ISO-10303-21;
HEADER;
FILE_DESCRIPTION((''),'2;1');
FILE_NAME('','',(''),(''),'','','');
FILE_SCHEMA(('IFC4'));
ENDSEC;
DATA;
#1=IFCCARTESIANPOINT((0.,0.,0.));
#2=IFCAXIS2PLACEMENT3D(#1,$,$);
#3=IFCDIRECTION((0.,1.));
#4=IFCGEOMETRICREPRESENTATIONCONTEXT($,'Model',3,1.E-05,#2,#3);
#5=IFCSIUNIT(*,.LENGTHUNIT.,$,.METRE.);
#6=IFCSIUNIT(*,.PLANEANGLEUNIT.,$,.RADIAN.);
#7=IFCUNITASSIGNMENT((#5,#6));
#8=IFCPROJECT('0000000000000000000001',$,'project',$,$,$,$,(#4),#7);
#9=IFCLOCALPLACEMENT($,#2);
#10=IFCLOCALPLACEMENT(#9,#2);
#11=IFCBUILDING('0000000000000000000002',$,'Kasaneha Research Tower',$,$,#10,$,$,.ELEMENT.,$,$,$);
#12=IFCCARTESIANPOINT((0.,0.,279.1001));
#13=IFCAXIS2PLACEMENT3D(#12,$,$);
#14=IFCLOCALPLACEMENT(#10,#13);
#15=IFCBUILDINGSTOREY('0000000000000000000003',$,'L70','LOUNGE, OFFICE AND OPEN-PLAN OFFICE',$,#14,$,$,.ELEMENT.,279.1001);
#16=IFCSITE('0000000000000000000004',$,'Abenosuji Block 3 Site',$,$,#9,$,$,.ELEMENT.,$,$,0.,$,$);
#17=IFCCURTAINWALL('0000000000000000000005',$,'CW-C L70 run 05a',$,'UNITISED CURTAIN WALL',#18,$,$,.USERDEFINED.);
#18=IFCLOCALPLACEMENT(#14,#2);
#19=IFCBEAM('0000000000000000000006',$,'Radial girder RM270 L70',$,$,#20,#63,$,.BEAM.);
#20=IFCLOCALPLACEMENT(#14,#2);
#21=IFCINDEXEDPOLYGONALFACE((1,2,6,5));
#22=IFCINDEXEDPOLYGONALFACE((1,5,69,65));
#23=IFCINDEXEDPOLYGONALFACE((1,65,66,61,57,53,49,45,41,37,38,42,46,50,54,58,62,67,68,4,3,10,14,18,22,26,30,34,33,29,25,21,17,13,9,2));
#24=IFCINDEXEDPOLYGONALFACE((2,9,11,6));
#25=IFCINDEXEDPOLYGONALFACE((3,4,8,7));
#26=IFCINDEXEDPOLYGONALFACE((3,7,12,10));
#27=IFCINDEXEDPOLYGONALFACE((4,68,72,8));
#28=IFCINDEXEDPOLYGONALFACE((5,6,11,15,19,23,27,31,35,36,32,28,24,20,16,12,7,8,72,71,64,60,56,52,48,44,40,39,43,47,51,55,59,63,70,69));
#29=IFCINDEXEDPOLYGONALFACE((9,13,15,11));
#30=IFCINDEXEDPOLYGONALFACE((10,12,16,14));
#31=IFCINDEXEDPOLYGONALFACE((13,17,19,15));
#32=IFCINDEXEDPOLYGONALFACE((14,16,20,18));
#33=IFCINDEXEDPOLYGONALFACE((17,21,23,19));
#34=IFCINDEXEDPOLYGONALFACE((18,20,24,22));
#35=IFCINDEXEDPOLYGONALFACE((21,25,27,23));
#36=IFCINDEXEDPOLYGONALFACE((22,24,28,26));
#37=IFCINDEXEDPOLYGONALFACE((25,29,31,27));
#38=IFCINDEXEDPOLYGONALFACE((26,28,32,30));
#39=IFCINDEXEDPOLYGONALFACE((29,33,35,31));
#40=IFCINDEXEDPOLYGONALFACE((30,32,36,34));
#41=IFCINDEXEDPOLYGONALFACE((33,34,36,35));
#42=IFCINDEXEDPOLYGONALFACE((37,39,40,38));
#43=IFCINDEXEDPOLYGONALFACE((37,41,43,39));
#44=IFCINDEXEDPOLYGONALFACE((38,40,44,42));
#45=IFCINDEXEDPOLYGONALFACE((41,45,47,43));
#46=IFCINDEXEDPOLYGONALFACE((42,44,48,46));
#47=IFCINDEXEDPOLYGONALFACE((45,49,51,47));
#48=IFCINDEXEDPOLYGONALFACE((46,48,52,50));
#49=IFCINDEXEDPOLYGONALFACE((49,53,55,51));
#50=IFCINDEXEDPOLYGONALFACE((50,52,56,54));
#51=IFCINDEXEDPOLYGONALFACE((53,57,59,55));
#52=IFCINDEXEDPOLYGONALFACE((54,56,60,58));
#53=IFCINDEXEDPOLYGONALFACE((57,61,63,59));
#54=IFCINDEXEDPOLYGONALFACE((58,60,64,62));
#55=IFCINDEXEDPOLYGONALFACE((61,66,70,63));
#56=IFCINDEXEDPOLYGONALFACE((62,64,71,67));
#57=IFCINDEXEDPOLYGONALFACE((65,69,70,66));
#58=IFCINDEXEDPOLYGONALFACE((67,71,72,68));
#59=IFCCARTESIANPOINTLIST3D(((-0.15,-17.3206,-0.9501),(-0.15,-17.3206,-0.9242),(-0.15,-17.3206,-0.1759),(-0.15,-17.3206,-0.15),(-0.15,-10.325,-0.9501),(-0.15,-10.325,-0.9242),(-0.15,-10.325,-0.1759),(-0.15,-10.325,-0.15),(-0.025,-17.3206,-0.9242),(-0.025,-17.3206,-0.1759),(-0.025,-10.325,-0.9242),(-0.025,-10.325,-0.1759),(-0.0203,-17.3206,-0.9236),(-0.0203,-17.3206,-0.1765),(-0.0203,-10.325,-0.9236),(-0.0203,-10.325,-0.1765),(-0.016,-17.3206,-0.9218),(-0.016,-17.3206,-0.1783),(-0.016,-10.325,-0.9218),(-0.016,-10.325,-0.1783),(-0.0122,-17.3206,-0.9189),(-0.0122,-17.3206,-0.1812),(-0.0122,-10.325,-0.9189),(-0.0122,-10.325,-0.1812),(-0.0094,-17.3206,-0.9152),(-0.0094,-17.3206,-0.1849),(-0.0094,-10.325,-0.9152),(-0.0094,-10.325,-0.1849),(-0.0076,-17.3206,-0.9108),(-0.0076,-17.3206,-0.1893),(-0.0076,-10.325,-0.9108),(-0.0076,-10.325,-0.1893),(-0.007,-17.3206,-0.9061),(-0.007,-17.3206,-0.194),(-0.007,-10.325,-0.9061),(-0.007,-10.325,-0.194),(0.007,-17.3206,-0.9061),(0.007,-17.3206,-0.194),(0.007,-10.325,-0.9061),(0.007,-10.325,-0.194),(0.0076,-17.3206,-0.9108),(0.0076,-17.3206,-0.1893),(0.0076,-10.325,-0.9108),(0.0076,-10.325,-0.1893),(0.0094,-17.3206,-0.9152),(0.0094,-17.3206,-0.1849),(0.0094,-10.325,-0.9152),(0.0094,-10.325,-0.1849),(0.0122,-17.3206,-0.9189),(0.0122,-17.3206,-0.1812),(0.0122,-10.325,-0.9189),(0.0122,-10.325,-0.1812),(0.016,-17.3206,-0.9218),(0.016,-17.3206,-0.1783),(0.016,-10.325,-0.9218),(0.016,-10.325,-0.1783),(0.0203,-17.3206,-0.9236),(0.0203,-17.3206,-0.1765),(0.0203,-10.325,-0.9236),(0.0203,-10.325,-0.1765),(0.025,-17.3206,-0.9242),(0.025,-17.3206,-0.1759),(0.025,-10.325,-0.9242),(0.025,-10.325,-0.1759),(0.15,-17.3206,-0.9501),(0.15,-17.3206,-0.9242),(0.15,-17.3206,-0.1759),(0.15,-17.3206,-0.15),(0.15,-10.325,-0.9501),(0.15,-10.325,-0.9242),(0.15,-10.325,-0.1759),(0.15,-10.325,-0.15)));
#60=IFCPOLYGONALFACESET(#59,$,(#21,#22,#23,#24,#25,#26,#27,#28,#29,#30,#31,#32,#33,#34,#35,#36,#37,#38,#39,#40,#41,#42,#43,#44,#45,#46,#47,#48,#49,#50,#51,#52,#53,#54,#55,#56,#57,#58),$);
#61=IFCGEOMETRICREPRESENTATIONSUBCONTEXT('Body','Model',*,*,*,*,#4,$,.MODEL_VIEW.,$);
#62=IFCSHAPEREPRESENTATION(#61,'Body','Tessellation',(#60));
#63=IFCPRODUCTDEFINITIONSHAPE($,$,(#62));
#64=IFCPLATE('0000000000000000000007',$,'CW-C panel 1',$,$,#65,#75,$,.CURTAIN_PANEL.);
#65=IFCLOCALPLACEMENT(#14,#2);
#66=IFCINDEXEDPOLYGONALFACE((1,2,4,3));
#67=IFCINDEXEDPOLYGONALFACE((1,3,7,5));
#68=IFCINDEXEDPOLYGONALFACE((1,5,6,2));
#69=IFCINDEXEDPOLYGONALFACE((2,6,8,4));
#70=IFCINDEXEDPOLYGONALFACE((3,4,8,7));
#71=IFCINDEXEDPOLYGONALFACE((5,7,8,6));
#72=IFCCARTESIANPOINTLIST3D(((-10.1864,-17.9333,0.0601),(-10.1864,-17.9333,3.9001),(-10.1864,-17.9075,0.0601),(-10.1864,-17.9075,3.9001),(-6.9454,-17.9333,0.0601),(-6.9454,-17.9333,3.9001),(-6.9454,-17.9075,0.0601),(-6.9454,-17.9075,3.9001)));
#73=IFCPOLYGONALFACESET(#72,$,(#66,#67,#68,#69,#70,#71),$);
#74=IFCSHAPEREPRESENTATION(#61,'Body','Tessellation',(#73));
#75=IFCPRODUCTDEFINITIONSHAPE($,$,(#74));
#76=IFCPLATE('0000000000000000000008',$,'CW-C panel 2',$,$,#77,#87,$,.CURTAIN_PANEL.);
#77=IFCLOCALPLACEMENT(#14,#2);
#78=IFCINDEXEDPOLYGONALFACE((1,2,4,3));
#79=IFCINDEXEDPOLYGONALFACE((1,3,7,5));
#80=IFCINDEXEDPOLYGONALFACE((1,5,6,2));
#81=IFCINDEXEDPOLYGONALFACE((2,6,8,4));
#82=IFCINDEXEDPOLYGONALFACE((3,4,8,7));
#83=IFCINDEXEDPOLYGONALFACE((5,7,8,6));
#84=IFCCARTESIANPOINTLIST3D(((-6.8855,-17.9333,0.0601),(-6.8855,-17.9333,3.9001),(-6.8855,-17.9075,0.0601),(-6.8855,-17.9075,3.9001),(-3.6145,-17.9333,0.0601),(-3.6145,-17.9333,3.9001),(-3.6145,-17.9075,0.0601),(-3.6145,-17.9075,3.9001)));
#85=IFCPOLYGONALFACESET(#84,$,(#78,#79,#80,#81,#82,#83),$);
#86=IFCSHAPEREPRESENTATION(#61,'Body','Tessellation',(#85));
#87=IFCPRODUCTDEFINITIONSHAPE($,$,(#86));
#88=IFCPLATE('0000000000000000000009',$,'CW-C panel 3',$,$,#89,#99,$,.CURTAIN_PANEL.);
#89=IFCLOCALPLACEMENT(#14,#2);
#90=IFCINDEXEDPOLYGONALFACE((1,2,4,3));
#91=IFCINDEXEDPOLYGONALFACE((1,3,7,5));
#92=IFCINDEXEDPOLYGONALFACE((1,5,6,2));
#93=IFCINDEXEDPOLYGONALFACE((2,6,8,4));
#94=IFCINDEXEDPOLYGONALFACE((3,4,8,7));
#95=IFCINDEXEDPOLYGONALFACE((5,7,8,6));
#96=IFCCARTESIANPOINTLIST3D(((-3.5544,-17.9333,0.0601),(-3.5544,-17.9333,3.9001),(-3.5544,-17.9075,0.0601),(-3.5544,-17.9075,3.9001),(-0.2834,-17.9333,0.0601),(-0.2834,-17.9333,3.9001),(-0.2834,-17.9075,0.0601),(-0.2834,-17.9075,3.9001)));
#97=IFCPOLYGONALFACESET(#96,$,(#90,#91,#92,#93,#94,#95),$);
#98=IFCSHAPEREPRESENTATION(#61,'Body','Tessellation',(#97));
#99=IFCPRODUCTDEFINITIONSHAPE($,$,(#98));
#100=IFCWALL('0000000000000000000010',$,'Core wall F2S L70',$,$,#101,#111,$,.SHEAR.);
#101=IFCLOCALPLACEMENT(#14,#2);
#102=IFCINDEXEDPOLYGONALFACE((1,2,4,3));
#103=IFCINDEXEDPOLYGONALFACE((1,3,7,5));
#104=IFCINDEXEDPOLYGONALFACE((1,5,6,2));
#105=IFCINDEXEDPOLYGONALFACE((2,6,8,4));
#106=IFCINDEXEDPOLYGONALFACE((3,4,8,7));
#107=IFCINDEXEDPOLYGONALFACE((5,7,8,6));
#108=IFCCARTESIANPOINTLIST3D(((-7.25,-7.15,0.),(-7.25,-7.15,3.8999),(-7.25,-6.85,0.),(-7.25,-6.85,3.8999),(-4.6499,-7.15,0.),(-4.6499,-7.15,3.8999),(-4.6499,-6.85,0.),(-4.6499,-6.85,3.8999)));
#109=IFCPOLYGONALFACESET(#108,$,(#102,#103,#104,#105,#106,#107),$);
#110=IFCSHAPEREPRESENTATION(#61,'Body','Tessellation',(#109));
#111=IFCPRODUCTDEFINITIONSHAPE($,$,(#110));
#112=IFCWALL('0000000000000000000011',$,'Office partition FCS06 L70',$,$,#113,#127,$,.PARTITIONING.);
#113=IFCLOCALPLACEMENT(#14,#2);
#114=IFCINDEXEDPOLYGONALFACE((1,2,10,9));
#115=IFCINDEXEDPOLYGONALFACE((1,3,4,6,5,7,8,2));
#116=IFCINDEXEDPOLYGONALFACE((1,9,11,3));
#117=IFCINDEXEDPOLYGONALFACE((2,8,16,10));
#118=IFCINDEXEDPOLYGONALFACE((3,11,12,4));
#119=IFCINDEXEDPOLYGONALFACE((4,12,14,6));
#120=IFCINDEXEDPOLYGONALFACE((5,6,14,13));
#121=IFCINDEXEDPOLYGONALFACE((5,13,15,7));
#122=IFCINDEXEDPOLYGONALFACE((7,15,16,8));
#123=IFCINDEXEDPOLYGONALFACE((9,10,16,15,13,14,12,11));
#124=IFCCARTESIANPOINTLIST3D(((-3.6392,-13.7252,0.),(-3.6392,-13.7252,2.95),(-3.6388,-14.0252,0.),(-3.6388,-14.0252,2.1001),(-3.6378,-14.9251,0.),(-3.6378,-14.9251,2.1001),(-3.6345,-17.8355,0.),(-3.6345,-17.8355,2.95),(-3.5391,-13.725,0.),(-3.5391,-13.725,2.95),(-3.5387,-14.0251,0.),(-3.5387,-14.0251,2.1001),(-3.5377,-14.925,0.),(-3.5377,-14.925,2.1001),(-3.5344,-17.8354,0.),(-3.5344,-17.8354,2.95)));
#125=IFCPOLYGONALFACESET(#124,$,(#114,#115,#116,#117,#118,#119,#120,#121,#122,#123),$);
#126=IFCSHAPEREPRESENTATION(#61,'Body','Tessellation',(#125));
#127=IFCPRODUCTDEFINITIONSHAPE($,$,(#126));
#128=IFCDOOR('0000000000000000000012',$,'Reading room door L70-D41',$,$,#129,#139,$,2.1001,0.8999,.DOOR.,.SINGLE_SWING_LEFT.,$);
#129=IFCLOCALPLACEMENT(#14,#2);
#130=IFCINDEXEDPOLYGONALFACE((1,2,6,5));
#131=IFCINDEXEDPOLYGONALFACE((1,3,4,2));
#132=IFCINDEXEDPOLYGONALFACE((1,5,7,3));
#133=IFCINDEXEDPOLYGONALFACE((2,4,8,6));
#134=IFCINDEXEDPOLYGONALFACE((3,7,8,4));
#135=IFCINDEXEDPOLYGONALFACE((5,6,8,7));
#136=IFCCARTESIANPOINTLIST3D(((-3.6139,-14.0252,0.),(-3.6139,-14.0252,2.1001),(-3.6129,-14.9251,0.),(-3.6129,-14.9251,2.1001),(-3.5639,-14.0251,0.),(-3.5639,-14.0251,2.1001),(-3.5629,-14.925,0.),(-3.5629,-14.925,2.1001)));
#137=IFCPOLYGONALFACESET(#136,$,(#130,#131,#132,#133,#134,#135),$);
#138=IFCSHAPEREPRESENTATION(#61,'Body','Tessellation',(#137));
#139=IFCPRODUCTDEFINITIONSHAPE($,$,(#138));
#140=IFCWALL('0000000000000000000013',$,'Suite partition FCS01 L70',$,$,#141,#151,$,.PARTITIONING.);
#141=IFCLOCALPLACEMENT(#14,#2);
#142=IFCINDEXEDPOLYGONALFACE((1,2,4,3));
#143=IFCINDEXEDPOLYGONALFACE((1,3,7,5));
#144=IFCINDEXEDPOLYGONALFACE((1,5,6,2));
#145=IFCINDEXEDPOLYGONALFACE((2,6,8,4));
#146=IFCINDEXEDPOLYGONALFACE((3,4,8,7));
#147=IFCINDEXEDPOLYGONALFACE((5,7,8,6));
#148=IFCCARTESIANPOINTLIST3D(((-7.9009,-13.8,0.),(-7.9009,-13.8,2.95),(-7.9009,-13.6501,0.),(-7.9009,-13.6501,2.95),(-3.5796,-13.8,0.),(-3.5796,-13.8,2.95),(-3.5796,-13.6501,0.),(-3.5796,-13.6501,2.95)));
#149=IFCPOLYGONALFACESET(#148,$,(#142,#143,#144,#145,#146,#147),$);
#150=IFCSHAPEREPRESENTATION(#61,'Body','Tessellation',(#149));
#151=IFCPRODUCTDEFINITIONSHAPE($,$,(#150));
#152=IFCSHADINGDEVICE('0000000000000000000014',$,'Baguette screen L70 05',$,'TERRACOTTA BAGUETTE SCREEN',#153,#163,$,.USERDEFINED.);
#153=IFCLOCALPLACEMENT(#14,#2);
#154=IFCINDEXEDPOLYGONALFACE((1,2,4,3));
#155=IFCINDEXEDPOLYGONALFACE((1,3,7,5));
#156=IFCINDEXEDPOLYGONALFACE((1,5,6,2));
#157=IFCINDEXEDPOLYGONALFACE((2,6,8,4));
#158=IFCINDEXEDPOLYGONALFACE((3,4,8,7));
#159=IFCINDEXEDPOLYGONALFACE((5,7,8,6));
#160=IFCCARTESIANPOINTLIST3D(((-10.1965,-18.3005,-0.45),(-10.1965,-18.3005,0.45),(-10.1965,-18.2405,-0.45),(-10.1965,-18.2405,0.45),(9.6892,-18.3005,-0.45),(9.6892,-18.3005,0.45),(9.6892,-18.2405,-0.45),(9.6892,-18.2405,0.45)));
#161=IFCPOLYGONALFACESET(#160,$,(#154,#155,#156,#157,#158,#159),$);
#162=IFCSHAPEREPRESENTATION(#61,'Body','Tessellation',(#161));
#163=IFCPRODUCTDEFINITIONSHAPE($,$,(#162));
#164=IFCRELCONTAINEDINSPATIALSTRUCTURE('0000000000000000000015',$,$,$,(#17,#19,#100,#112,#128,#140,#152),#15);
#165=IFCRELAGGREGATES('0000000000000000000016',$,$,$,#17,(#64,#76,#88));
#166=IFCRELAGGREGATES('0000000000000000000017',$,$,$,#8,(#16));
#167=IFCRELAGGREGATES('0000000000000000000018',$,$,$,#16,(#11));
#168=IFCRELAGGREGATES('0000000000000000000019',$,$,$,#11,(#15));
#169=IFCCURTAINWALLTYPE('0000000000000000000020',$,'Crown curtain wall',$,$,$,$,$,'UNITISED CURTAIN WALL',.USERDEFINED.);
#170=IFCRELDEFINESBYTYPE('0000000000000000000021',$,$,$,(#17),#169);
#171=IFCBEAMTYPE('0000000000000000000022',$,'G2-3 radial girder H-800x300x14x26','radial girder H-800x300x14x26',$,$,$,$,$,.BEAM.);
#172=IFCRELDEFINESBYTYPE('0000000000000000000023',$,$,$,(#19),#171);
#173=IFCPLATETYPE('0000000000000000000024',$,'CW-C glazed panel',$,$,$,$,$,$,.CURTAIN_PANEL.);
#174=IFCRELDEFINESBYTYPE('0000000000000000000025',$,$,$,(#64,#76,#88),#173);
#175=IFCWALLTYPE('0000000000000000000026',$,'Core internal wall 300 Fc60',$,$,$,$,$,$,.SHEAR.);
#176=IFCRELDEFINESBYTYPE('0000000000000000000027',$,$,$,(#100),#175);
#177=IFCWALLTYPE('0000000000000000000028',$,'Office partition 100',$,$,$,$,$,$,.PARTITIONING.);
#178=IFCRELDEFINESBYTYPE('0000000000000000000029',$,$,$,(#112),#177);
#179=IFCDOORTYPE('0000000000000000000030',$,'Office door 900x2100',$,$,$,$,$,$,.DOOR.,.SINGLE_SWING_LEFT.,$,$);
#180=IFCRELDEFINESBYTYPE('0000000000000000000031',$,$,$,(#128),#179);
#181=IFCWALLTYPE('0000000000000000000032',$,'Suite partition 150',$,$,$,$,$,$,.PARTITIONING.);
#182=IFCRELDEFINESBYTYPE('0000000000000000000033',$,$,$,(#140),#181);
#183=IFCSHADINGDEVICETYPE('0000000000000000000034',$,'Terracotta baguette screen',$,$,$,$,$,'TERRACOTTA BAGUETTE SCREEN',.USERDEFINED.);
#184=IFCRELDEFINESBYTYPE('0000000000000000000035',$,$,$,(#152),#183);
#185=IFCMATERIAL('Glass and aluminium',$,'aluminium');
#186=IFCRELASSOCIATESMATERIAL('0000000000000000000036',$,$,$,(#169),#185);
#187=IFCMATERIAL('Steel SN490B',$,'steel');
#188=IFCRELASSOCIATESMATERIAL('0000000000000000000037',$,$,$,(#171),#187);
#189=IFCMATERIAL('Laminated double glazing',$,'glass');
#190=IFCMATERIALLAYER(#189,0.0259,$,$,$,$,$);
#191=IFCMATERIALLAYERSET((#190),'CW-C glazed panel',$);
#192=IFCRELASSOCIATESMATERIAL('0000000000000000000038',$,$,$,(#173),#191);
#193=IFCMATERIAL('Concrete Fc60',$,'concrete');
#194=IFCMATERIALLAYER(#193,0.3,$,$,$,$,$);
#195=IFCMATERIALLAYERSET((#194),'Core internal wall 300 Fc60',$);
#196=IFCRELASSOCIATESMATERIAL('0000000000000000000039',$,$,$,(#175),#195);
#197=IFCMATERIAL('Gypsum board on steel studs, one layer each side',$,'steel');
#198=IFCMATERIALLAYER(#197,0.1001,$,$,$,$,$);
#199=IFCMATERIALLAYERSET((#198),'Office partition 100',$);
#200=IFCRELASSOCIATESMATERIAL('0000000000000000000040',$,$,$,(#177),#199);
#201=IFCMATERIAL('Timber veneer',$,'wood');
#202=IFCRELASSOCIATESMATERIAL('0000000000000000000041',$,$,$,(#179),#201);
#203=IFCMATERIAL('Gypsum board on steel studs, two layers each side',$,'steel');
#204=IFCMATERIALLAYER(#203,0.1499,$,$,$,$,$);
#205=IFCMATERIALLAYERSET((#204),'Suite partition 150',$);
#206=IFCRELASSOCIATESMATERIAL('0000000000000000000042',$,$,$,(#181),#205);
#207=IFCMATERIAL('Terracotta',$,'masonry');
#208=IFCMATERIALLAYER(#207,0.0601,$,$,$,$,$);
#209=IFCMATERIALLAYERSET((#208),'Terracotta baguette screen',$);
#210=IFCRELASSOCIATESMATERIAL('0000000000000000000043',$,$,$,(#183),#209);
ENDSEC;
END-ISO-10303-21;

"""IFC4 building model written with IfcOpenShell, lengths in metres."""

from ifc_helpers import new_model, si_unit, direction, frame, frame_2d, origin, origin_2d, place, context, subcontext, project, spatial, rectangle, i_section, extrude, material, layer, layer_set, material_profile, profile_set, type_object, element, fill, aggregate, save


model = new_model("IFC4")

# Units and contexts
model_context = context("Model", 3, precision=1e-05, world=origin(), true_north=direction((0.0, 1.0)))
body_context = subcontext(model_context, "Body", "Model", "MODEL_VIEW")
ifc_project = project(units=[si_unit("LENGTHUNIT", "METRE"), si_unit("PLANEANGLEUNIT", "RADIAN")], contexts=[model_context])

# Site, building, storey
site_placement = place(None, origin())
site = spatial("IfcSite", under=ifc_project, at=site_placement, Name="Abenosuji Block 3 Site", CompositionType="ELEMENT", RefElevation=0.0)
building_placement = place(site_placement, origin())
building = spatial("IfcBuilding", under=site, at=building_placement, Name="Kasaneha Research Tower", CompositionType="ELEMENT")
storey_placement = place(building_placement, frame((0.0, 0.0, 279.1001)))
storey = spatial("IfcBuildingStorey", under=building, at=storey_placement, Name="L70", Description="LOUNGE, OFFICE AND OPEN-PLAN OFFICE", CompositionType="ELEMENT", Elevation=279.1001)

# Curtain wall
ifc_material_1 = material(Name="Glass and aluminium", Category="aluminium")
curtain_wall_type = type_object("IfcCurtainWallType", Name="Crown curtain wall", ElementType="UNITISED CURTAIN WALL", PredefinedType="USERDEFINED", material=ifc_material_1)
curtain_wall_placement = place(storey_placement, origin())
curtain_wall = element("IfcCurtainWall", 1, at=curtain_wall_placement, inside=storey, type_object=curtain_wall_type, Name="CW-C L70 run 05a", ObjectType="UNITISED CURTAIN WALL", PredefinedType="USERDEFINED")

# Beam
ifc_material_2 = material(Name="Steel SN490B", Category="steel")
ifc_material_profile_1 = material_profile(ifc_material_2, i_section(OverallWidth=0.3, OverallDepth=0.8, WebThickness=0.0139, FlangeThickness=0.0259, FilletRadius=0.0181, at=origin_2d()), Name="H-800x300x14x26")
ifc_profile_set_1 = profile_set([ifc_material_profile_1], Name="Steel SN490B")
beam_type_1 = type_object("IfcBeamType", Name="G2-3 radial girder H-800x300x14x26", Description="radial girder H-800x300x14x26", PredefinedType="BEAM", material=ifc_profile_set_1)
beam_1_placement = place(storey_placement, frame((0.0, -10.325, -0.55), z_axis=(0.0, -1.0, 0.0), x_axis=(1.0, 0.0, 0.0)))
element("IfcBeam", 2, at=beam_1_placement, inside=storey, type_object=beam_type_1, Name="Radial girder RM270 L70", PredefinedType="BEAM", context=body_context, shape_type="SweptSolid", body=[
    extrude(i_section(OverallWidth=0.3, OverallDepth=0.8, WebThickness=0.0139, FlangeThickness=0.0259, FilletRadius=0.0181, at=origin_2d()), origin(), (0.0, 0.0, 1.0), 6.9956),
])

# Plates
ifc_material_3 = material(Name="Laminated double glazing", Category="glass")
ifc_layer_1 = layer(ifc_material_3, 0.0259)
ifc_layer_set_1 = layer_set([ifc_layer_1], Name="CW-C glazed panel")
plate_type = type_object("IfcPlateType", Name="CW-C glazed panel", PredefinedType="CURTAIN_PANEL", material=ifc_layer_set_1)
plate_1_placement = place(storey_placement, frame((-8.5659, -17.9204, 0.0601), z_axis=(0.0, 0.0, 1.0), x_axis=(1.0, 0.0, 0.0)))
plate_1 = element("IfcPlate", 3, at=plate_1_placement, type_object=plate_type, Name="CW-C panel 1", PredefinedType="CURTAIN_PANEL", context=body_context, shape_type="SweptSolid", body=[
    extrude(rectangle(XDim=3.241, YDim=0.0259, at=origin_2d()), origin(), (0.0, 0.0, 1.0), 3.8401),
])
plate_2_placement = place(storey_placement, frame((-5.25, -17.9204, 0.0601), z_axis=(0.0, 0.0, 1.0), x_axis=(1.0, 0.0, 0.0)))
plate_2 = element("IfcPlate", 4, at=plate_2_placement, type_object=plate_type, Name="CW-C panel 2", PredefinedType="CURTAIN_PANEL", context=body_context, shape_type="SweptSolid", body=[
    extrude(rectangle(XDim=3.271, YDim=0.0259, at=origin_2d()), origin(), (0.0, 0.0, 1.0), 3.8401),
])
plate_3_placement = place(storey_placement, frame((-1.9189, -17.9204, 0.0601), z_axis=(0.0, 0.0, 1.0), x_axis=(1.0, 0.0, 0.0)))
plate_3 = element("IfcPlate", 5, at=plate_3_placement, type_object=plate_type, Name="CW-C panel 3", PredefinedType="CURTAIN_PANEL", context=body_context, shape_type="SweptSolid", body=[
    extrude(rectangle(XDim=3.271, YDim=0.0259, at=origin_2d()), origin(), (0.0, 0.0, 1.0), 3.8401),
])
aggregate(curtain_wall, [plate_1, plate_2, plate_3])

# Wall
ifc_material_4 = material(Name="Concrete Fc60", Category="concrete")
ifc_layer_2 = layer(ifc_material_4, 0.3)
ifc_layer_set_2 = layer_set([ifc_layer_2], Name="Core internal wall 300 Fc60")
wall_type_1 = type_object("IfcWallType", Name="Core internal wall 300 Fc60", PredefinedType="SHEAR", material=ifc_layer_set_2)
wall_1_placement = place(storey_placement, frame((-7.25, -7.0, 0.0), z_axis=(0.0, 0.0, 1.0), x_axis=(1.0, 0.0, 0.0)))
element("IfcWall", 6, at=wall_1_placement, inside=storey, type_object=wall_type_1, Name="Core wall F2S L70", PredefinedType="SHEAR", context=body_context, shape_type="SweptSolid", body=[
    extrude(rectangle(XDim=2.6001, YDim=0.3, at=frame_2d((1.3, 0.0))), origin(), (0.0, 0.0, 1.0), 3.8999),
])

# Wall, opening, door
ifc_material_5 = material(Name="Gypsum board on steel studs, one layer each side", Category="steel")
ifc_layer_3 = layer(ifc_material_5, 0.1001)
ifc_layer_set_3 = layer_set([ifc_layer_3], Name="Office partition 100")
wall_type_2 = type_object("IfcWallType", Name="Office partition 100", PredefinedType="PARTITIONING", material=ifc_layer_set_3)
wall_2_placement = place(storey_placement, frame((-3.5891, -13.7251, 0.0), z_axis=(0.0, 0.0, 1.0), x_axis=(0.001129, -0.999999, 0.0)))
wall_2 = element("IfcWall", 7, at=wall_2_placement, inside=storey, type_object=wall_type_2, Name="Office partition FCS06 L70", PredefinedType="PARTITIONING", context=body_context, shape_type="SweptSolid", body=[
    extrude(rectangle(XDim=4.1104, YDim=0.1001, at=frame_2d((2.0552, 0.0))), origin(), (0.0, 0.0, 1.0), 2.95),
])
opening_1_placement = place(wall_2_placement, frame((0.3, 0.0, 0.0)))
opening_1 = element("IfcOpeningElement", 8, at=opening_1_placement, cuts=wall_2, PredefinedType="OPENING", context=body_context, shape_type="SweptSolid", body=[
    extrude(rectangle(XDim=0.8999, YDim=2.1001, at=frame_2d((0.45, 1.05))), frame((0.0, 0.0601, 0.0), z_axis=(0.0, -1.0, 0.0), x_axis=(1.0, 0.0, 0.0)), (0.0, 0.0, 1.0), 0.1201),
])
ifc_material_6 = material(Name="Timber veneer", Category="wood")
door_type_1 = type_object("IfcDoorType", Name="Office door 900x2100", OperationType="SINGLE_SWING_LEFT", PredefinedType="DOOR", material=ifc_material_6)
door_1_placement = place(opening_1_placement, origin())
door_1 = element("IfcDoor", 9, at=door_1_placement, inside=storey, type_object=door_type_1, Name="Reading room door L70-D41", OperationType="SINGLE_SWING_LEFT", OverallHeight=2.1001, OverallWidth=0.8999, PredefinedType="DOOR", context=body_context, shape_type="SweptSolid", body=[
    extrude(rectangle(XDim=0.8999, YDim=2.1001, at=frame_2d((0.45, 1.05))), frame((0.0, 0.0249, 0.0), z_axis=(0.0, -1.0, 0.0), x_axis=(1.0, 0.0, 0.0)), (0.0, 0.0, 1.0), 0.05),
])
fill(opening_1, door_1)

# Wall
ifc_material_7 = material(Name="Gypsum board on steel studs, two layers each side", Category="steel")
ifc_layer_4 = layer(ifc_material_7, 0.1499)
ifc_layer_set_4 = layer_set([ifc_layer_4], Name="Suite partition 150")
wall_type_3 = type_object("IfcWallType", Name="Suite partition 150", PredefinedType="PARTITIONING", material=ifc_layer_set_4)
wall_3_placement = place(storey_placement, frame((-3.5796, -13.7251, 0.0), z_axis=(0.0, 0.0, 1.0), x_axis=(-1.0, 0.0, 0.0)))
element("IfcWall", 10, at=wall_3_placement, inside=storey, type_object=wall_type_3, Name="Suite partition FCS01 L70", PredefinedType="PARTITIONING", context=body_context, shape_type="SweptSolid", body=[
    extrude(rectangle(XDim=4.3213, YDim=0.1499, at=frame_2d((2.1606, 0.0))), origin(), (0.0, 0.0, 1.0), 2.95),
])

# Shading device
ifc_material_8 = material(Name="Terracotta", Category="masonry")
ifc_layer_5 = layer(ifc_material_8, 0.0601)
ifc_layer_set_5 = layer_set([ifc_layer_5], Name="Terracotta baguette screen")
shading_device_type = type_object("IfcShadingDeviceType", Name="Terracotta baguette screen", ElementType="TERRACOTTA BAGUETTE SCREEN", PredefinedType="USERDEFINED", material=ifc_layer_set_5)
shading_device_placement = place(storey_placement, frame((-0.2537, -18.2705, -0.45), z_axis=(0.0, 0.0, 1.0), x_axis=(1.0, 0.0, 0.0)))
element("IfcShadingDevice", 11, at=shading_device_placement, inside=storey, type_object=shading_device_type, Name="Baguette screen L70 05", ObjectType="TERRACOTTA BAGUETTE SCREEN", PredefinedType="USERDEFINED", context=body_context, shape_type="SweptSolid", body=[
    extrude(rectangle(XDim=19.8857, YDim=0.0601, at=origin_2d()), origin(), (0.0, 0.0, 1.0), 0.8999),
])

save(model, "model.ifc")
